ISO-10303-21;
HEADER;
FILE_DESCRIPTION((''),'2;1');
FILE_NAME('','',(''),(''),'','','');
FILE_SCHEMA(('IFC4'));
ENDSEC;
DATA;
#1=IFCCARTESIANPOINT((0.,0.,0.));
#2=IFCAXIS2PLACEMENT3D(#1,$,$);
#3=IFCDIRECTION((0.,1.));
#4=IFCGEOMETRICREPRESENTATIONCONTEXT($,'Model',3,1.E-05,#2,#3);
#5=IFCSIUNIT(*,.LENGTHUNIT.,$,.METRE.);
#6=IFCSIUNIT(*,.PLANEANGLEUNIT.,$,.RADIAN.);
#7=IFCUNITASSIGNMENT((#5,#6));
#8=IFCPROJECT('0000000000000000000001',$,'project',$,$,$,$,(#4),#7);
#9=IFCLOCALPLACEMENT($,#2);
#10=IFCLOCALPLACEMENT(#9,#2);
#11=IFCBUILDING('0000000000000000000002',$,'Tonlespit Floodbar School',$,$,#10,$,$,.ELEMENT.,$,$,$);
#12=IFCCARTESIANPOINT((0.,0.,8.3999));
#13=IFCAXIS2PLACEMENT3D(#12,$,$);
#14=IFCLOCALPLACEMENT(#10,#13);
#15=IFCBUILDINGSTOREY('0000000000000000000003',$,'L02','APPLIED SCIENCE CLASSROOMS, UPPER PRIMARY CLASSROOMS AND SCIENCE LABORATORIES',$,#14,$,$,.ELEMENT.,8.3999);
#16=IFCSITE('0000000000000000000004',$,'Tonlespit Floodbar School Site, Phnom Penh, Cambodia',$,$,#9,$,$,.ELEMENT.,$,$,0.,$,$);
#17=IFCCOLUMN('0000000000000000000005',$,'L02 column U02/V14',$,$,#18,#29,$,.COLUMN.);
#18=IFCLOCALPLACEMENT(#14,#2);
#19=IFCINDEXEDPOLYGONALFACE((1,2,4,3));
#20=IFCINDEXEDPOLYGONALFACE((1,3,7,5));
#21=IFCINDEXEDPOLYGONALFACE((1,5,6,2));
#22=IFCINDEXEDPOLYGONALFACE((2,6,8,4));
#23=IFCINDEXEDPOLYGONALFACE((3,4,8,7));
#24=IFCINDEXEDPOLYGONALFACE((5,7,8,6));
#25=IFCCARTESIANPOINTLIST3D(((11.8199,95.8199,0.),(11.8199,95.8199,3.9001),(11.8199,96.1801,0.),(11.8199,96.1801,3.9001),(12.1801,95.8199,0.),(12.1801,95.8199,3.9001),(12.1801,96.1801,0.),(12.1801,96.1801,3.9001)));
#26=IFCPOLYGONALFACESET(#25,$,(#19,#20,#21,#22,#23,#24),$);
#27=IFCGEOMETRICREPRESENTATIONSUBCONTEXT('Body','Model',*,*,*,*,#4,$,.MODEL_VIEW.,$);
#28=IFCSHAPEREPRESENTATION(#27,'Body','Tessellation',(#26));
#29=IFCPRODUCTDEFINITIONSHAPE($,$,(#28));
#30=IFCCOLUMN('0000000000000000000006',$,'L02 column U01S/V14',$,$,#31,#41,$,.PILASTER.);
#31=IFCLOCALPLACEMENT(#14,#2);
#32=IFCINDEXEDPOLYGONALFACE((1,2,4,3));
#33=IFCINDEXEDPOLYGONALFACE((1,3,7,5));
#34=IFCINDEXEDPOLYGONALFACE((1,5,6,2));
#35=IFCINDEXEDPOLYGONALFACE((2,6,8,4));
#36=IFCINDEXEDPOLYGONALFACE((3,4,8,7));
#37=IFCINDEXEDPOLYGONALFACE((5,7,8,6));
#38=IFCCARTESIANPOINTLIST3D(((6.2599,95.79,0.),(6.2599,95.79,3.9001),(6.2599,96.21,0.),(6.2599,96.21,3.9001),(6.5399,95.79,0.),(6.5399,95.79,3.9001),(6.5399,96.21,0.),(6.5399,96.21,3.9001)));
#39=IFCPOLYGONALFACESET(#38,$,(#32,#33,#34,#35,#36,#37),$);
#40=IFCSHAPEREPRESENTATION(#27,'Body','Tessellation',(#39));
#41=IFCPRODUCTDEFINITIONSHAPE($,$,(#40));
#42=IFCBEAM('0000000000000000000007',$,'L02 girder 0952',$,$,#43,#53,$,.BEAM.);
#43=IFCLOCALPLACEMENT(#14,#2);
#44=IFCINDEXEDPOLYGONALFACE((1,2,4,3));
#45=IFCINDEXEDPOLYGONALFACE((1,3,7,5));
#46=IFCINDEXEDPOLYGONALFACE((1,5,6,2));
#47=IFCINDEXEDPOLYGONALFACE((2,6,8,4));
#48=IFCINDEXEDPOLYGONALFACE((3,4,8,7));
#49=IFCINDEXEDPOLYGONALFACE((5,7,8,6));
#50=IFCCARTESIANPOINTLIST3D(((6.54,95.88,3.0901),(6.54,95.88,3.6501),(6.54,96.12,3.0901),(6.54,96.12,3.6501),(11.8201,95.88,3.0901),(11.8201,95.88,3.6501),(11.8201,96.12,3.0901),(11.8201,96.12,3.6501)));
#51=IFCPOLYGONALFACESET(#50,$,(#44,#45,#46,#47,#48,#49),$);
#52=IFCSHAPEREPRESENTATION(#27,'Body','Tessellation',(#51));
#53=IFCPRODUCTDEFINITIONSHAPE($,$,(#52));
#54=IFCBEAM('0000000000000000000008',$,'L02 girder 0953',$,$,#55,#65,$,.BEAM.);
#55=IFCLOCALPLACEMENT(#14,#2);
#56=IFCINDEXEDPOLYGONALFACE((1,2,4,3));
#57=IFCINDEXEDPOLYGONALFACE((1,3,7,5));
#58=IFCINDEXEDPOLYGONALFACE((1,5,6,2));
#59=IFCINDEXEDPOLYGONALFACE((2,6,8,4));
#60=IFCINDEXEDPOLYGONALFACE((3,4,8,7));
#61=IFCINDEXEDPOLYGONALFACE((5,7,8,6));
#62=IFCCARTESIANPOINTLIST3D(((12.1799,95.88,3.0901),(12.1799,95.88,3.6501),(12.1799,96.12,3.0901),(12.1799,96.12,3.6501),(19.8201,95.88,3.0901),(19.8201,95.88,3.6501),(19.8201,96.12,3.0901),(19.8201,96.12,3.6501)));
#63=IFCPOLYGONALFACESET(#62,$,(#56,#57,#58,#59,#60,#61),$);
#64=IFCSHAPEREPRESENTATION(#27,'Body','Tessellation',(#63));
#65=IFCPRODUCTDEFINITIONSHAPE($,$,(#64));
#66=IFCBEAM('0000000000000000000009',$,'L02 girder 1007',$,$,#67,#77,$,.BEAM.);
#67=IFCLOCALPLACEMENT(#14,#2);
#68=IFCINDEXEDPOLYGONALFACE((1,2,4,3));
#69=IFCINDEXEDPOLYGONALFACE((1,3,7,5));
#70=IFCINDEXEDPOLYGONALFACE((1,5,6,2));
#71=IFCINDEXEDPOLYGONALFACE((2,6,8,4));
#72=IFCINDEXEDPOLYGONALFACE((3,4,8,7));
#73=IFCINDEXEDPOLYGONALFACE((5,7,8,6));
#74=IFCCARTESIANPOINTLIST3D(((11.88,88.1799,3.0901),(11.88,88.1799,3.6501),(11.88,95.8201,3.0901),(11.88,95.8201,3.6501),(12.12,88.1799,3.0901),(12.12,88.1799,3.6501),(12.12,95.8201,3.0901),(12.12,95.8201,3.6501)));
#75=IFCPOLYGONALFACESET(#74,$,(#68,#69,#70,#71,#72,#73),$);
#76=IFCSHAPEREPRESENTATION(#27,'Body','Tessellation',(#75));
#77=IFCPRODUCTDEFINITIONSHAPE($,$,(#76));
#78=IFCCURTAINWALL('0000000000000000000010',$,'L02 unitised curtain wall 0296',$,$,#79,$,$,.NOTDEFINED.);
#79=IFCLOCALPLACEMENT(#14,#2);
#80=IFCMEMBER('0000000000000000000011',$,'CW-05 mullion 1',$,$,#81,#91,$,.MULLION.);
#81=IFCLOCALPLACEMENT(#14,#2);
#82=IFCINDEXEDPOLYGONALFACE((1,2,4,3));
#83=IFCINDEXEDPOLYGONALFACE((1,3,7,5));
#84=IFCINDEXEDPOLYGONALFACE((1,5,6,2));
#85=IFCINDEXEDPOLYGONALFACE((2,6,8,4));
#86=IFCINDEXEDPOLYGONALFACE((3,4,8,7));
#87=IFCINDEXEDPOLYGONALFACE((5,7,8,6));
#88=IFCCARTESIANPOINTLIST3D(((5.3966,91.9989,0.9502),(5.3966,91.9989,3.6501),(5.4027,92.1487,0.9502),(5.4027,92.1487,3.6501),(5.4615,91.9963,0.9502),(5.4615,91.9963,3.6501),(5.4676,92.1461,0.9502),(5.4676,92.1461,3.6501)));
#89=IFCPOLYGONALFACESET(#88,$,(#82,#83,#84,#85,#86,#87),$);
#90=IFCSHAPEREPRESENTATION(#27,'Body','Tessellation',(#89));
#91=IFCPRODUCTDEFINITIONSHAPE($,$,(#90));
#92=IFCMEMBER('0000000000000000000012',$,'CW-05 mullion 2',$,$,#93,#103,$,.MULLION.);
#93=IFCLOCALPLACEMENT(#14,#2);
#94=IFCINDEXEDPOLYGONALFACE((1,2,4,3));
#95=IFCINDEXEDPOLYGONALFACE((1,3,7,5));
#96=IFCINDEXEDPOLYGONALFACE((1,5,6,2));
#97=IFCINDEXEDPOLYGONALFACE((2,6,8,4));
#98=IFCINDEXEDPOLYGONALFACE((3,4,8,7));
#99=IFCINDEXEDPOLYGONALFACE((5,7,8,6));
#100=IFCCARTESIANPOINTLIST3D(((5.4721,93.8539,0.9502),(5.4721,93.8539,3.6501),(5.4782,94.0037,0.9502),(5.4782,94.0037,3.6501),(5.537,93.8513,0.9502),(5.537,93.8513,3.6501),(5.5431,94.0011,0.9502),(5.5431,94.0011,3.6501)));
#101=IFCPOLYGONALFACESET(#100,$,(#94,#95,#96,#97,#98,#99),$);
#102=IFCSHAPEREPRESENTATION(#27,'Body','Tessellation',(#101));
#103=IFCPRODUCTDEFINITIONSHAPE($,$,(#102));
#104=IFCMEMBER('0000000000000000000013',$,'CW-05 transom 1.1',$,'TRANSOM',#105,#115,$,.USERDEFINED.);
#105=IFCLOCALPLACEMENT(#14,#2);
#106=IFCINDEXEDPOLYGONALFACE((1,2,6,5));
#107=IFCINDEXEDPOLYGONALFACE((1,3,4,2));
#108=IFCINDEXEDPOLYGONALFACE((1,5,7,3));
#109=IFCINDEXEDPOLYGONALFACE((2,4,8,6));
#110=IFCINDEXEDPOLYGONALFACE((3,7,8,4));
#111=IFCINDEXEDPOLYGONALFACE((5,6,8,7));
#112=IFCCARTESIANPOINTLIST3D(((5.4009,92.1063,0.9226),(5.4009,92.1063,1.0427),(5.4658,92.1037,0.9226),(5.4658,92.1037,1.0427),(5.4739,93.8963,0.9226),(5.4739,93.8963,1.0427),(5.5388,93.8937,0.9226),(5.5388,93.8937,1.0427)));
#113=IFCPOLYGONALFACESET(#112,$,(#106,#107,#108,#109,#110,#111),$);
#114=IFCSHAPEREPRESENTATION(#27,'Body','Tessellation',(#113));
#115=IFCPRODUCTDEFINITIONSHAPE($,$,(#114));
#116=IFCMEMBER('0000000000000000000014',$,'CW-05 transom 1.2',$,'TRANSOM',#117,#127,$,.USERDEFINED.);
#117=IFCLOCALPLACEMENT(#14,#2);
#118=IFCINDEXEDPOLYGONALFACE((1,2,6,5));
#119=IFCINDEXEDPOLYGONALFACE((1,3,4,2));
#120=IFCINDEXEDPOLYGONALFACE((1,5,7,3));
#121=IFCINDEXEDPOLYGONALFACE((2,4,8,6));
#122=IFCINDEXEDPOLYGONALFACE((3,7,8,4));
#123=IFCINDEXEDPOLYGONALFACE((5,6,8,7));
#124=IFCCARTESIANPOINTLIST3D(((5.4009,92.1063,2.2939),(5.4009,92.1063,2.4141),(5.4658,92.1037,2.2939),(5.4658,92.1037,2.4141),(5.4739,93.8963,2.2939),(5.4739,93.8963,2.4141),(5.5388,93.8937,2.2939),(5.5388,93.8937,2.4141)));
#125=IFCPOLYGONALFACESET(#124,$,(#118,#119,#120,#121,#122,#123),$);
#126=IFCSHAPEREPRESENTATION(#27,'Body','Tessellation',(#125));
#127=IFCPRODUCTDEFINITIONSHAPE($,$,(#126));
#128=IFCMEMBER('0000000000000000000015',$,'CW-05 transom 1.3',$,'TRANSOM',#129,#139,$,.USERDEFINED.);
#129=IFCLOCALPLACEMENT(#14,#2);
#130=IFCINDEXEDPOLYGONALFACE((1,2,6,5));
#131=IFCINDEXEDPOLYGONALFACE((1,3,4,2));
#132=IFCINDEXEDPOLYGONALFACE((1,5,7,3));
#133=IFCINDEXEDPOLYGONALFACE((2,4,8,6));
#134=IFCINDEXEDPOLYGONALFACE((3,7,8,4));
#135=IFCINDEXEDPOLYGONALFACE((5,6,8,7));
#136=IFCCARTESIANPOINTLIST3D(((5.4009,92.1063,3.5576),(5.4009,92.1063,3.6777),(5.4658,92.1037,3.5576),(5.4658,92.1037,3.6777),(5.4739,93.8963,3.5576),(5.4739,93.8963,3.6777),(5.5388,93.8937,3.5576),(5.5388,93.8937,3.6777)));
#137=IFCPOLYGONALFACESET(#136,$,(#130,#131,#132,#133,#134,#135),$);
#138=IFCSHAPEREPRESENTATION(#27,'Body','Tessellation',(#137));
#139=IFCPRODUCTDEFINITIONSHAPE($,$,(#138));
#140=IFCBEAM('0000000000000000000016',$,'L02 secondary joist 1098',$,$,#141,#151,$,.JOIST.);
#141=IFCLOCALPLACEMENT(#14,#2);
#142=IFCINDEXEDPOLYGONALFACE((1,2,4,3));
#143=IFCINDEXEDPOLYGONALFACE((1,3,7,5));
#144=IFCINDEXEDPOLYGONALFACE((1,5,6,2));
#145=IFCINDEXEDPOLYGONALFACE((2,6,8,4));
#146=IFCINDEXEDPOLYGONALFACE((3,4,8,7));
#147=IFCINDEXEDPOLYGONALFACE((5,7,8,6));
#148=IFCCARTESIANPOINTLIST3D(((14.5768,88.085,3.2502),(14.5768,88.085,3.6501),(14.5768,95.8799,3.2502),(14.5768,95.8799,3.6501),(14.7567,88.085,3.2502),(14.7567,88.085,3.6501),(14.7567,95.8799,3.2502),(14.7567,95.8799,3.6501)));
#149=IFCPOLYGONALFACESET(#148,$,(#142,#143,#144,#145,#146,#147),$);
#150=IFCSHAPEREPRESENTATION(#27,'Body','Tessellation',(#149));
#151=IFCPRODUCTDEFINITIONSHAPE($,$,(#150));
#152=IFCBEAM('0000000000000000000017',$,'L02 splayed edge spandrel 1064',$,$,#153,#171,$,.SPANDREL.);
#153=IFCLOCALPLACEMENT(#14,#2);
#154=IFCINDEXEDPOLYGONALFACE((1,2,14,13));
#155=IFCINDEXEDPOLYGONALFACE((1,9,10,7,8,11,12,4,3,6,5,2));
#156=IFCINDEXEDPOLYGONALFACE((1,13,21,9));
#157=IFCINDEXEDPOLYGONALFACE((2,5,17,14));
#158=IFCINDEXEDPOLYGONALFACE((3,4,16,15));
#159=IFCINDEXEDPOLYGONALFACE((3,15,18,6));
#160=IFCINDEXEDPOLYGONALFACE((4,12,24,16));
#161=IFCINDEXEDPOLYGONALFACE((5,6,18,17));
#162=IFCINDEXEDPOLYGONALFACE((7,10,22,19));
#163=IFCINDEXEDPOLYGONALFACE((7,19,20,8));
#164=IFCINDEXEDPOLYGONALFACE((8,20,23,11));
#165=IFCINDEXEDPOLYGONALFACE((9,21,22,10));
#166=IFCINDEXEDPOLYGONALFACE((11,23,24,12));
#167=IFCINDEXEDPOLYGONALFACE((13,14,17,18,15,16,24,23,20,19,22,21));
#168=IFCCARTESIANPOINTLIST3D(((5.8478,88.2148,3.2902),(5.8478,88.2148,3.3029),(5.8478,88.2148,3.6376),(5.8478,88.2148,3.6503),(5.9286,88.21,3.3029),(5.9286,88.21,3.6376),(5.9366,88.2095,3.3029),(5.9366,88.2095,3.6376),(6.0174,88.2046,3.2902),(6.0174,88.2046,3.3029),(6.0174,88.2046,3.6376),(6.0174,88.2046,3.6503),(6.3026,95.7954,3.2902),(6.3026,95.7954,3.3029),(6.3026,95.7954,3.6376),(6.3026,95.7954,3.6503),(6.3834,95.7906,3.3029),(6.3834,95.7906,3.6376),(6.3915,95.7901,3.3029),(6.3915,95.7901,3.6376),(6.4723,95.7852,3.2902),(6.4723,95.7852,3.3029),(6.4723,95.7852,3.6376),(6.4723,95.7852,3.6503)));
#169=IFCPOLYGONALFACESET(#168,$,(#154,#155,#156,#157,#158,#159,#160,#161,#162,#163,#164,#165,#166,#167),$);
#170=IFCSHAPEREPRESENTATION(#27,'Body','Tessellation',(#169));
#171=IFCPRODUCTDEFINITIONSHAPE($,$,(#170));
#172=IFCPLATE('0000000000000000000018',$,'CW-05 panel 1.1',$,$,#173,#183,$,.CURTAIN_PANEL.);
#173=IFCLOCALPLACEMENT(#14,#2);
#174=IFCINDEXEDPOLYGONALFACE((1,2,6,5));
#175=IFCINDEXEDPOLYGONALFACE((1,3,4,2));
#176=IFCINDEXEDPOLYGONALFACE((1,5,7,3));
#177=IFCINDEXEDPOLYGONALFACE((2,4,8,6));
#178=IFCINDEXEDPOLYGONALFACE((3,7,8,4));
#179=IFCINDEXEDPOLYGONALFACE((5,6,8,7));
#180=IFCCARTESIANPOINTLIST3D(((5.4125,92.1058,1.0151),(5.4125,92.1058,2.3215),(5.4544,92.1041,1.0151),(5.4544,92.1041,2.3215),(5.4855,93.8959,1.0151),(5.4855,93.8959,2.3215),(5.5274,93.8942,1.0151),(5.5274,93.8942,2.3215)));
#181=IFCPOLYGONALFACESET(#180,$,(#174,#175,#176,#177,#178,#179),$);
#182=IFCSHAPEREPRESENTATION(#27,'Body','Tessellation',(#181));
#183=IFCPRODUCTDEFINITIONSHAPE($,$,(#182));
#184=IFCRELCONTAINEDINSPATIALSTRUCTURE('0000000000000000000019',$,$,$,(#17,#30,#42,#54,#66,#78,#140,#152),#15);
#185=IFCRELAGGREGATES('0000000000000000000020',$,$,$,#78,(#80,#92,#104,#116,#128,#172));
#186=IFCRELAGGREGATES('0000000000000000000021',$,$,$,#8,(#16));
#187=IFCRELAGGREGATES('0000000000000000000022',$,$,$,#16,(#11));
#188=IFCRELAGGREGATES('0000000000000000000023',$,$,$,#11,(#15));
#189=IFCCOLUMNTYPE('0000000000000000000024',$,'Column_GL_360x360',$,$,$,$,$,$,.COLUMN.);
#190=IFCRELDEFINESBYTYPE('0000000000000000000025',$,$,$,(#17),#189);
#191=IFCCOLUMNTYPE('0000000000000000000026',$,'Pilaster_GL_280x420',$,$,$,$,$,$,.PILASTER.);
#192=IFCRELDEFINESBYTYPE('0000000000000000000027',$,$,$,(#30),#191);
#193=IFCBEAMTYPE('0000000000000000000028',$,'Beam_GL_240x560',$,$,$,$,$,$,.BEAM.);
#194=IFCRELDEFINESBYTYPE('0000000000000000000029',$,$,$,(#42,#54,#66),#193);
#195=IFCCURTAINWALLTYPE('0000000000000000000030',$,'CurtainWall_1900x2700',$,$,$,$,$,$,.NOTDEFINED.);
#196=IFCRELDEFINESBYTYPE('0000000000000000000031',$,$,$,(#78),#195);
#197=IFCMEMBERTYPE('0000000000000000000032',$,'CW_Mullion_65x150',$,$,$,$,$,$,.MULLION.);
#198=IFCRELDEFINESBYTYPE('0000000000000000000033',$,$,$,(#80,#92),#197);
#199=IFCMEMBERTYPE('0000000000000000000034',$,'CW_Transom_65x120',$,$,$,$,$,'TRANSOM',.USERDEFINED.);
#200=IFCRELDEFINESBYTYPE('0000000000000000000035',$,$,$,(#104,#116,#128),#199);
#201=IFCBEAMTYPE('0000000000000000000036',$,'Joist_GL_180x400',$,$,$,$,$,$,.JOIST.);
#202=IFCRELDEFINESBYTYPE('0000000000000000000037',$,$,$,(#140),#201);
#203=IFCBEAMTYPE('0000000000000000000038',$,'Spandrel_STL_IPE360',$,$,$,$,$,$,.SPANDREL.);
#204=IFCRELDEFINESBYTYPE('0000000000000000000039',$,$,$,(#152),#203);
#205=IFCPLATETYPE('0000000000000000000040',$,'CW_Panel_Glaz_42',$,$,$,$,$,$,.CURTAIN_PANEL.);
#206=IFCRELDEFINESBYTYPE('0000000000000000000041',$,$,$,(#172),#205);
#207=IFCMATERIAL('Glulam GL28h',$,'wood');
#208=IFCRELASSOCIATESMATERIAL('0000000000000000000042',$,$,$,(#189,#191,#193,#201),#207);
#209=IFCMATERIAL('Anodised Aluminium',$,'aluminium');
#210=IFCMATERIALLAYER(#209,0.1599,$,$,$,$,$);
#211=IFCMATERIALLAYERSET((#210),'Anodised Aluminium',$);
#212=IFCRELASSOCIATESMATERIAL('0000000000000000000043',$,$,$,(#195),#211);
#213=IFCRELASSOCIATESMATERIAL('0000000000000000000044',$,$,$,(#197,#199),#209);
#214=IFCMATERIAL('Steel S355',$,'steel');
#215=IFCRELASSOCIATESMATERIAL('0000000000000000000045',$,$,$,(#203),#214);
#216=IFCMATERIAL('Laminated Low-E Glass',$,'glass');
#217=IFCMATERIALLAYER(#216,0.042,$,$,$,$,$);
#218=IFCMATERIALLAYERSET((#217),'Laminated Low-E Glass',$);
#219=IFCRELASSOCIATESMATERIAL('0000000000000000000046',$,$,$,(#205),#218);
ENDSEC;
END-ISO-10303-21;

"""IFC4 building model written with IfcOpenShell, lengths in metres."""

from ifc_helpers import new_model, si_unit, direction, frame, origin, origin_2d, place, context, subcontext, project, spatial, rectangle, i_section, extrude, material, layer, layer_set, material_profile, profile_set, type_object, element, aggregate, save


model = new_model("IFC4")

# Units and contexts
model_context = context("Model", 3, precision=1e-05, world=origin(), true_north=direction((0.0, 1.0)))
body_context = subcontext(model_context, "Body", "Model", "MODEL_VIEW")
ifc_project = project(units=[si_unit("LENGTHUNIT", "METRE"), si_unit("PLANEANGLEUNIT", "RADIAN")], contexts=[model_context])

# Site, building, storey
site_placement = place(None, origin())
site = spatial("IfcSite", under=ifc_project, at=site_placement, Name="Tonlespit Floodbar School Site, Phnom Penh, Cambodia", CompositionType="ELEMENT", RefElevation=0.0)
building_placement = place(site_placement, origin())
building = spatial("IfcBuilding", under=site, at=building_placement, Name="Tonlespit Floodbar School", CompositionType="ELEMENT")
storey_placement = place(building_placement, frame((0.0, 0.0, 8.3999)))
storey = spatial("IfcBuildingStorey", under=building, at=storey_placement, Name="L02", Description="APPLIED SCIENCE CLASSROOMS, UPPER PRIMARY CLASSROOMS AND SCIENCE LABORATORIES", CompositionType="ELEMENT", Elevation=8.3999)

# Columns
ifc_material_1 = material(Name="Glulam GL28h", Category="wood")
ifc_material_profile_1 = material_profile(ifc_material_1, rectangle(XDim=0.3601, YDim=0.3601, at=origin_2d()), Name="GL 360x360")
ifc_profile_set_1 = profile_set([ifc_material_profile_1], Name="Glulam GL28h")
column_type_1 = type_object("IfcColumnType", Name="Column_GL_360x360", PredefinedType="COLUMN", material=ifc_profile_set_1)
column_1_placement = place(storey_placement, frame((12.0, 96.0, 0.0), z_axis=(0.0, 0.0, 1.0), x_axis=(1.0, 0.0, 0.0)))
element("IfcColumn", 1, at=column_1_placement, inside=storey, type_object=column_type_1, Name="L02 column U02/V14", PredefinedType="COLUMN", context=body_context, shape_type="SweptSolid", body=[
    extrude(rectangle(XDim=0.3601, YDim=0.3601, at=origin_2d()), origin(), (0.0, 0.0, 1.0), 3.9001),
])
ifc_material_profile_2 = material_profile(ifc_material_1, rectangle(XDim=0.28, YDim=0.4199, at=origin_2d()), Name="GL 280x420")
ifc_profile_set_2 = profile_set([ifc_material_profile_2], Name="Glulam GL28h")
column_type_2 = type_object("IfcColumnType", Name="Pilaster_GL_280x420", PredefinedType="PILASTER", material=ifc_profile_set_2)
column_2_placement = place(storey_placement, frame((6.3999, 96.0, 0.0), z_axis=(0.0, 0.0, 1.0), x_axis=(1.0, 0.0, 0.0)))
element("IfcColumn", 2, at=column_2_placement, inside=storey, type_object=column_type_2, Name="L02 column U01S/V14", PredefinedType="PILASTER", context=body_context, shape_type="SweptSolid", body=[
    extrude(rectangle(XDim=0.28, YDim=0.4199, at=origin_2d()), origin(), (0.0, 0.0, 1.0), 3.9001),
])

# Beams
ifc_material_profile_3 = material_profile(ifc_material_1, rectangle(XDim=0.24, YDim=0.5601, at=origin_2d()), Name="GL 240x560")
ifc_profile_set_3 = profile_set([ifc_material_profile_3], Name="Glulam GL28h")
beam_type_1 = type_object("IfcBeamType", Name="Beam_GL_240x560", PredefinedType="BEAM", material=ifc_profile_set_3)
beam_1_placement = place(storey_placement, frame((6.54, 96.0, 3.3701), z_axis=(1.0, 0.0, 0.0), x_axis=(0.0, 1.0, 0.0)))
element("IfcBeam", 3, at=beam_1_placement, inside=storey, type_object=beam_type_1, Name="L02 girder 0952", PredefinedType="BEAM", context=body_context, shape_type="SweptSolid", body=[
    extrude(rectangle(XDim=0.24, YDim=0.5601, at=origin_2d()), origin(), (0.0, 0.0, 1.0), 5.28),
])
for number, where, z_axis, x_axis, name in (
    (4, (12.1799, 96.0, 3.3701), (1.0, 0.0, 0.0), (0.0, 1.0, 0.0), "L02 girder 0953"),
    (5, (12.0, 88.1799, 3.3701), (0.0, 1.0, 0.0), (-1.0, 0.0, 0.0), "L02 girder 1007"),
):
    element("IfcBeam", number, at=place(storey_placement, frame(where, z_axis=z_axis, x_axis=x_axis)), inside=storey, type_object=beam_type_1, Name=name, PredefinedType="BEAM", context=body_context, shape_type="SweptSolid", body=[
        extrude(rectangle(XDim=0.24, YDim=0.5601, at=origin_2d()), origin(), (0.0, 0.0, 1.0), 7.6401),
    ])

# Curtain wall, members
ifc_material_2 = material(Name="Anodised Aluminium", Category="aluminium")
ifc_layer_1 = layer(ifc_material_2, 0.1599)
ifc_layer_set_1 = layer_set([ifc_layer_1], Name="Anodised Aluminium")
curtain_wall_type = type_object("IfcCurtainWallType", Name="CurtainWall_1900x2700", PredefinedType="NOTDEFINED", material=ifc_layer_set_1)
curtain_wall_placement = place(storey_placement, origin())
curtain_wall = element("IfcCurtainWall", 6, at=curtain_wall_placement, inside=storey, type_object=curtain_wall_type, Name="L02 unitised curtain wall 0296", PredefinedType="NOTDEFINED")
ifc_material_profile_4 = material_profile(ifc_material_2, rectangle(XDim=0.0649, YDim=0.1499, at=origin_2d()), Name="ALU M65x150")
ifc_profile_set_4 = profile_set([ifc_material_profile_4], Name="Anodised Aluminium")
member_type_1 = type_object("IfcMemberType", Name="CW_Mullion_65x150", PredefinedType="MULLION", material=ifc_profile_set_4)
member_1_placement = place(storey_placement, frame((5.4321, 92.0725, 0.9502), z_axis=(0.0, 0.0, 1.0), x_axis=(-0.999169, 0.040747, 0.0)))
member_1 = element("IfcMember", 7, at=member_1_placement, type_object=member_type_1, Name="CW-05 mullion 1", PredefinedType="MULLION", context=body_context, shape_type="SweptSolid", body=[
    extrude(rectangle(XDim=0.0649, YDim=0.1499, at=origin_2d()), origin(), (0.0, 0.0, 1.0), 2.7),
])
member_2_placement = place(storey_placement, frame((5.5076, 93.9275, 0.9502), z_axis=(0.0, 0.0, 1.0), x_axis=(-0.999169, 0.040747, 0.0)))
member_2 = element("IfcMember", 8, at=member_2_placement, type_object=member_type_1, Name="CW-05 mullion 2", PredefinedType="MULLION", context=body_context, shape_type="SweptSolid", body=[
    extrude(rectangle(XDim=0.0649, YDim=0.1499, at=origin_2d()), origin(), (0.0, 0.0, 1.0), 2.7),
])
ifc_material_profile_5 = material_profile(ifc_material_2, rectangle(XDim=0.0649, YDim=0.1201, at=origin_2d()), Name="ALU T65x120")
ifc_profile_set_5 = profile_set([ifc_material_profile_5], Name="Anodised Aluminium")
member_type_2 = type_object("IfcMemberType", Name="CW_Transom_65x120", ElementType="TRANSOM", PredefinedType="USERDEFINED", material=ifc_profile_set_5)
member_3_placement = place(storey_placement, frame((5.4333, 92.105, 0.9827), z_axis=(0.040746, 0.99917, 0.0), x_axis=(-0.99917, 0.040746, 0.0)))
member_3 = element("IfcMember", 9, at=member_3_placement, type_object=member_type_2, Name="CW-05 transom 1.1", ObjectType="TRANSOM", PredefinedType="USERDEFINED", context=body_context, shape_type="SweptSolid", body=[
    extrude(rectangle(XDim=0.0649, YDim=0.1201, at=origin_2d()), origin(), (0.0, 0.0, 1.0), 1.7915),
])
member_4_placement = place(storey_placement, frame((5.4333, 92.105, 2.354), z_axis=(0.040746, 0.99917, 0.0), x_axis=(-0.99917, 0.040746, 0.0)))
member_4 = element("IfcMember", 10, at=member_4_placement, type_object=member_type_2, Name="CW-05 transom 1.2", ObjectType="TRANSOM", PredefinedType="USERDEFINED", context=body_context, shape_type="SweptSolid", body=[
    extrude(rectangle(XDim=0.0649, YDim=0.1201, at=origin_2d()), origin(), (0.0, 0.0, 1.0), 1.7915),
])
member_5_placement = place(storey_placement, frame((5.4333, 92.105, 3.6177), z_axis=(0.040746, 0.99917, 0.0), x_axis=(-0.99917, 0.040746, 0.0)))
member_5 = element("IfcMember", 11, at=member_5_placement, type_object=member_type_2, Name="CW-05 transom 1.3", ObjectType="TRANSOM", PredefinedType="USERDEFINED", context=body_context, shape_type="SweptSolid", body=[
    extrude(rectangle(XDim=0.0649, YDim=0.1201, at=origin_2d()), origin(), (0.0, 0.0, 1.0), 1.7915),
])

# Beams
ifc_material_profile_6 = material_profile(ifc_material_1, rectangle(XDim=0.1799, YDim=0.3999, at=origin_2d()), Name="GL 180x400")
ifc_profile_set_6 = profile_set([ifc_material_profile_6], Name="Glulam GL28h")
beam_type_2 = type_object("IfcBeamType", Name="Joist_GL_180x400", PredefinedType="JOIST", material=ifc_profile_set_6)
beam_2_placement = place(storey_placement, frame((14.6667, 88.085, 3.4502), z_axis=(0.0, 1.0, 0.0), x_axis=(-1.0, 0.0, 0.0)))
element("IfcBeam", 12, at=beam_2_placement, inside=storey, type_object=beam_type_2, Name="L02 secondary joist 1098", PredefinedType="JOIST", context=body_context, shape_type="SweptSolid", body=[
    extrude(rectangle(XDim=0.1799, YDim=0.3999, at=origin_2d()), origin(), (0.0, 0.0, 1.0), 7.7949),
])
ifc_material_3 = material(Name="Steel S355", Category="steel")
ifc_material_profile_7 = material_profile(ifc_material_3, i_section(OverallWidth=0.1699, OverallDepth=0.3601, WebThickness=0.0081, FlangeThickness=0.0127, at=origin_2d()), Name="IPE 360")
ifc_profile_set_7 = profile_set([ifc_material_profile_7], Name="Steel S355")
beam_type_3 = type_object("IfcBeamType", Name="Spandrel_STL_IPE360", PredefinedType="SPANDREL", material=ifc_profile_set_7)
beam_3_placement = place(storey_placement, frame((5.9326, 88.2097, 3.4702), z_axis=(0.059892, 0.998205, 0.0), x_axis=(-0.998205, 0.059892, 0.0)))
element("IfcBeam", 13, at=beam_3_placement, inside=storey, type_object=beam_type_3, Name="L02 splayed edge spandrel 1064", PredefinedType="SPANDREL", context=body_context, shape_type="SweptSolid", body=[
    extrude(i_section(OverallWidth=0.1699, OverallDepth=0.3601, WebThickness=0.0081, FlangeThickness=0.0127, at=origin_2d()), origin(), (0.0, 0.0, 1.0), 7.5942),
])

# Plate
ifc_material_4 = material(Name="Laminated Low-E Glass", Category="glass")
ifc_layer_2 = layer(ifc_material_4, 0.042)
ifc_layer_set_2 = layer_set([ifc_layer_2], Name="Laminated Low-E Glass")
plate_type_1 = type_object("IfcPlateType", Name="CW_Panel_Glaz_42", PredefinedType="CURTAIN_PANEL", material=ifc_layer_set_2)
plate_1_placement = place(storey_placement, frame((5.47, 93.0, 1.0151), z_axis=(0.0, 0.0, 1.0), x_axis=(0.040747, 0.999169, 0.0)))
plate_1 = element("IfcPlate", 14, at=plate_1_placement, type_object=plate_type_1, Name="CW-05 panel 1.1", PredefinedType="CURTAIN_PANEL", context=body_context, shape_type="SweptSolid", body=[
    extrude(rectangle(XDim=1.7915, YDim=0.042, at=origin_2d()), origin(), (0.0, 0.0, 1.0), 1.3064),
])
aggregate(curtain_wall, [member_1, member_2, member_3, member_4, member_5, plate_1])

save(model, "model.ifc")
